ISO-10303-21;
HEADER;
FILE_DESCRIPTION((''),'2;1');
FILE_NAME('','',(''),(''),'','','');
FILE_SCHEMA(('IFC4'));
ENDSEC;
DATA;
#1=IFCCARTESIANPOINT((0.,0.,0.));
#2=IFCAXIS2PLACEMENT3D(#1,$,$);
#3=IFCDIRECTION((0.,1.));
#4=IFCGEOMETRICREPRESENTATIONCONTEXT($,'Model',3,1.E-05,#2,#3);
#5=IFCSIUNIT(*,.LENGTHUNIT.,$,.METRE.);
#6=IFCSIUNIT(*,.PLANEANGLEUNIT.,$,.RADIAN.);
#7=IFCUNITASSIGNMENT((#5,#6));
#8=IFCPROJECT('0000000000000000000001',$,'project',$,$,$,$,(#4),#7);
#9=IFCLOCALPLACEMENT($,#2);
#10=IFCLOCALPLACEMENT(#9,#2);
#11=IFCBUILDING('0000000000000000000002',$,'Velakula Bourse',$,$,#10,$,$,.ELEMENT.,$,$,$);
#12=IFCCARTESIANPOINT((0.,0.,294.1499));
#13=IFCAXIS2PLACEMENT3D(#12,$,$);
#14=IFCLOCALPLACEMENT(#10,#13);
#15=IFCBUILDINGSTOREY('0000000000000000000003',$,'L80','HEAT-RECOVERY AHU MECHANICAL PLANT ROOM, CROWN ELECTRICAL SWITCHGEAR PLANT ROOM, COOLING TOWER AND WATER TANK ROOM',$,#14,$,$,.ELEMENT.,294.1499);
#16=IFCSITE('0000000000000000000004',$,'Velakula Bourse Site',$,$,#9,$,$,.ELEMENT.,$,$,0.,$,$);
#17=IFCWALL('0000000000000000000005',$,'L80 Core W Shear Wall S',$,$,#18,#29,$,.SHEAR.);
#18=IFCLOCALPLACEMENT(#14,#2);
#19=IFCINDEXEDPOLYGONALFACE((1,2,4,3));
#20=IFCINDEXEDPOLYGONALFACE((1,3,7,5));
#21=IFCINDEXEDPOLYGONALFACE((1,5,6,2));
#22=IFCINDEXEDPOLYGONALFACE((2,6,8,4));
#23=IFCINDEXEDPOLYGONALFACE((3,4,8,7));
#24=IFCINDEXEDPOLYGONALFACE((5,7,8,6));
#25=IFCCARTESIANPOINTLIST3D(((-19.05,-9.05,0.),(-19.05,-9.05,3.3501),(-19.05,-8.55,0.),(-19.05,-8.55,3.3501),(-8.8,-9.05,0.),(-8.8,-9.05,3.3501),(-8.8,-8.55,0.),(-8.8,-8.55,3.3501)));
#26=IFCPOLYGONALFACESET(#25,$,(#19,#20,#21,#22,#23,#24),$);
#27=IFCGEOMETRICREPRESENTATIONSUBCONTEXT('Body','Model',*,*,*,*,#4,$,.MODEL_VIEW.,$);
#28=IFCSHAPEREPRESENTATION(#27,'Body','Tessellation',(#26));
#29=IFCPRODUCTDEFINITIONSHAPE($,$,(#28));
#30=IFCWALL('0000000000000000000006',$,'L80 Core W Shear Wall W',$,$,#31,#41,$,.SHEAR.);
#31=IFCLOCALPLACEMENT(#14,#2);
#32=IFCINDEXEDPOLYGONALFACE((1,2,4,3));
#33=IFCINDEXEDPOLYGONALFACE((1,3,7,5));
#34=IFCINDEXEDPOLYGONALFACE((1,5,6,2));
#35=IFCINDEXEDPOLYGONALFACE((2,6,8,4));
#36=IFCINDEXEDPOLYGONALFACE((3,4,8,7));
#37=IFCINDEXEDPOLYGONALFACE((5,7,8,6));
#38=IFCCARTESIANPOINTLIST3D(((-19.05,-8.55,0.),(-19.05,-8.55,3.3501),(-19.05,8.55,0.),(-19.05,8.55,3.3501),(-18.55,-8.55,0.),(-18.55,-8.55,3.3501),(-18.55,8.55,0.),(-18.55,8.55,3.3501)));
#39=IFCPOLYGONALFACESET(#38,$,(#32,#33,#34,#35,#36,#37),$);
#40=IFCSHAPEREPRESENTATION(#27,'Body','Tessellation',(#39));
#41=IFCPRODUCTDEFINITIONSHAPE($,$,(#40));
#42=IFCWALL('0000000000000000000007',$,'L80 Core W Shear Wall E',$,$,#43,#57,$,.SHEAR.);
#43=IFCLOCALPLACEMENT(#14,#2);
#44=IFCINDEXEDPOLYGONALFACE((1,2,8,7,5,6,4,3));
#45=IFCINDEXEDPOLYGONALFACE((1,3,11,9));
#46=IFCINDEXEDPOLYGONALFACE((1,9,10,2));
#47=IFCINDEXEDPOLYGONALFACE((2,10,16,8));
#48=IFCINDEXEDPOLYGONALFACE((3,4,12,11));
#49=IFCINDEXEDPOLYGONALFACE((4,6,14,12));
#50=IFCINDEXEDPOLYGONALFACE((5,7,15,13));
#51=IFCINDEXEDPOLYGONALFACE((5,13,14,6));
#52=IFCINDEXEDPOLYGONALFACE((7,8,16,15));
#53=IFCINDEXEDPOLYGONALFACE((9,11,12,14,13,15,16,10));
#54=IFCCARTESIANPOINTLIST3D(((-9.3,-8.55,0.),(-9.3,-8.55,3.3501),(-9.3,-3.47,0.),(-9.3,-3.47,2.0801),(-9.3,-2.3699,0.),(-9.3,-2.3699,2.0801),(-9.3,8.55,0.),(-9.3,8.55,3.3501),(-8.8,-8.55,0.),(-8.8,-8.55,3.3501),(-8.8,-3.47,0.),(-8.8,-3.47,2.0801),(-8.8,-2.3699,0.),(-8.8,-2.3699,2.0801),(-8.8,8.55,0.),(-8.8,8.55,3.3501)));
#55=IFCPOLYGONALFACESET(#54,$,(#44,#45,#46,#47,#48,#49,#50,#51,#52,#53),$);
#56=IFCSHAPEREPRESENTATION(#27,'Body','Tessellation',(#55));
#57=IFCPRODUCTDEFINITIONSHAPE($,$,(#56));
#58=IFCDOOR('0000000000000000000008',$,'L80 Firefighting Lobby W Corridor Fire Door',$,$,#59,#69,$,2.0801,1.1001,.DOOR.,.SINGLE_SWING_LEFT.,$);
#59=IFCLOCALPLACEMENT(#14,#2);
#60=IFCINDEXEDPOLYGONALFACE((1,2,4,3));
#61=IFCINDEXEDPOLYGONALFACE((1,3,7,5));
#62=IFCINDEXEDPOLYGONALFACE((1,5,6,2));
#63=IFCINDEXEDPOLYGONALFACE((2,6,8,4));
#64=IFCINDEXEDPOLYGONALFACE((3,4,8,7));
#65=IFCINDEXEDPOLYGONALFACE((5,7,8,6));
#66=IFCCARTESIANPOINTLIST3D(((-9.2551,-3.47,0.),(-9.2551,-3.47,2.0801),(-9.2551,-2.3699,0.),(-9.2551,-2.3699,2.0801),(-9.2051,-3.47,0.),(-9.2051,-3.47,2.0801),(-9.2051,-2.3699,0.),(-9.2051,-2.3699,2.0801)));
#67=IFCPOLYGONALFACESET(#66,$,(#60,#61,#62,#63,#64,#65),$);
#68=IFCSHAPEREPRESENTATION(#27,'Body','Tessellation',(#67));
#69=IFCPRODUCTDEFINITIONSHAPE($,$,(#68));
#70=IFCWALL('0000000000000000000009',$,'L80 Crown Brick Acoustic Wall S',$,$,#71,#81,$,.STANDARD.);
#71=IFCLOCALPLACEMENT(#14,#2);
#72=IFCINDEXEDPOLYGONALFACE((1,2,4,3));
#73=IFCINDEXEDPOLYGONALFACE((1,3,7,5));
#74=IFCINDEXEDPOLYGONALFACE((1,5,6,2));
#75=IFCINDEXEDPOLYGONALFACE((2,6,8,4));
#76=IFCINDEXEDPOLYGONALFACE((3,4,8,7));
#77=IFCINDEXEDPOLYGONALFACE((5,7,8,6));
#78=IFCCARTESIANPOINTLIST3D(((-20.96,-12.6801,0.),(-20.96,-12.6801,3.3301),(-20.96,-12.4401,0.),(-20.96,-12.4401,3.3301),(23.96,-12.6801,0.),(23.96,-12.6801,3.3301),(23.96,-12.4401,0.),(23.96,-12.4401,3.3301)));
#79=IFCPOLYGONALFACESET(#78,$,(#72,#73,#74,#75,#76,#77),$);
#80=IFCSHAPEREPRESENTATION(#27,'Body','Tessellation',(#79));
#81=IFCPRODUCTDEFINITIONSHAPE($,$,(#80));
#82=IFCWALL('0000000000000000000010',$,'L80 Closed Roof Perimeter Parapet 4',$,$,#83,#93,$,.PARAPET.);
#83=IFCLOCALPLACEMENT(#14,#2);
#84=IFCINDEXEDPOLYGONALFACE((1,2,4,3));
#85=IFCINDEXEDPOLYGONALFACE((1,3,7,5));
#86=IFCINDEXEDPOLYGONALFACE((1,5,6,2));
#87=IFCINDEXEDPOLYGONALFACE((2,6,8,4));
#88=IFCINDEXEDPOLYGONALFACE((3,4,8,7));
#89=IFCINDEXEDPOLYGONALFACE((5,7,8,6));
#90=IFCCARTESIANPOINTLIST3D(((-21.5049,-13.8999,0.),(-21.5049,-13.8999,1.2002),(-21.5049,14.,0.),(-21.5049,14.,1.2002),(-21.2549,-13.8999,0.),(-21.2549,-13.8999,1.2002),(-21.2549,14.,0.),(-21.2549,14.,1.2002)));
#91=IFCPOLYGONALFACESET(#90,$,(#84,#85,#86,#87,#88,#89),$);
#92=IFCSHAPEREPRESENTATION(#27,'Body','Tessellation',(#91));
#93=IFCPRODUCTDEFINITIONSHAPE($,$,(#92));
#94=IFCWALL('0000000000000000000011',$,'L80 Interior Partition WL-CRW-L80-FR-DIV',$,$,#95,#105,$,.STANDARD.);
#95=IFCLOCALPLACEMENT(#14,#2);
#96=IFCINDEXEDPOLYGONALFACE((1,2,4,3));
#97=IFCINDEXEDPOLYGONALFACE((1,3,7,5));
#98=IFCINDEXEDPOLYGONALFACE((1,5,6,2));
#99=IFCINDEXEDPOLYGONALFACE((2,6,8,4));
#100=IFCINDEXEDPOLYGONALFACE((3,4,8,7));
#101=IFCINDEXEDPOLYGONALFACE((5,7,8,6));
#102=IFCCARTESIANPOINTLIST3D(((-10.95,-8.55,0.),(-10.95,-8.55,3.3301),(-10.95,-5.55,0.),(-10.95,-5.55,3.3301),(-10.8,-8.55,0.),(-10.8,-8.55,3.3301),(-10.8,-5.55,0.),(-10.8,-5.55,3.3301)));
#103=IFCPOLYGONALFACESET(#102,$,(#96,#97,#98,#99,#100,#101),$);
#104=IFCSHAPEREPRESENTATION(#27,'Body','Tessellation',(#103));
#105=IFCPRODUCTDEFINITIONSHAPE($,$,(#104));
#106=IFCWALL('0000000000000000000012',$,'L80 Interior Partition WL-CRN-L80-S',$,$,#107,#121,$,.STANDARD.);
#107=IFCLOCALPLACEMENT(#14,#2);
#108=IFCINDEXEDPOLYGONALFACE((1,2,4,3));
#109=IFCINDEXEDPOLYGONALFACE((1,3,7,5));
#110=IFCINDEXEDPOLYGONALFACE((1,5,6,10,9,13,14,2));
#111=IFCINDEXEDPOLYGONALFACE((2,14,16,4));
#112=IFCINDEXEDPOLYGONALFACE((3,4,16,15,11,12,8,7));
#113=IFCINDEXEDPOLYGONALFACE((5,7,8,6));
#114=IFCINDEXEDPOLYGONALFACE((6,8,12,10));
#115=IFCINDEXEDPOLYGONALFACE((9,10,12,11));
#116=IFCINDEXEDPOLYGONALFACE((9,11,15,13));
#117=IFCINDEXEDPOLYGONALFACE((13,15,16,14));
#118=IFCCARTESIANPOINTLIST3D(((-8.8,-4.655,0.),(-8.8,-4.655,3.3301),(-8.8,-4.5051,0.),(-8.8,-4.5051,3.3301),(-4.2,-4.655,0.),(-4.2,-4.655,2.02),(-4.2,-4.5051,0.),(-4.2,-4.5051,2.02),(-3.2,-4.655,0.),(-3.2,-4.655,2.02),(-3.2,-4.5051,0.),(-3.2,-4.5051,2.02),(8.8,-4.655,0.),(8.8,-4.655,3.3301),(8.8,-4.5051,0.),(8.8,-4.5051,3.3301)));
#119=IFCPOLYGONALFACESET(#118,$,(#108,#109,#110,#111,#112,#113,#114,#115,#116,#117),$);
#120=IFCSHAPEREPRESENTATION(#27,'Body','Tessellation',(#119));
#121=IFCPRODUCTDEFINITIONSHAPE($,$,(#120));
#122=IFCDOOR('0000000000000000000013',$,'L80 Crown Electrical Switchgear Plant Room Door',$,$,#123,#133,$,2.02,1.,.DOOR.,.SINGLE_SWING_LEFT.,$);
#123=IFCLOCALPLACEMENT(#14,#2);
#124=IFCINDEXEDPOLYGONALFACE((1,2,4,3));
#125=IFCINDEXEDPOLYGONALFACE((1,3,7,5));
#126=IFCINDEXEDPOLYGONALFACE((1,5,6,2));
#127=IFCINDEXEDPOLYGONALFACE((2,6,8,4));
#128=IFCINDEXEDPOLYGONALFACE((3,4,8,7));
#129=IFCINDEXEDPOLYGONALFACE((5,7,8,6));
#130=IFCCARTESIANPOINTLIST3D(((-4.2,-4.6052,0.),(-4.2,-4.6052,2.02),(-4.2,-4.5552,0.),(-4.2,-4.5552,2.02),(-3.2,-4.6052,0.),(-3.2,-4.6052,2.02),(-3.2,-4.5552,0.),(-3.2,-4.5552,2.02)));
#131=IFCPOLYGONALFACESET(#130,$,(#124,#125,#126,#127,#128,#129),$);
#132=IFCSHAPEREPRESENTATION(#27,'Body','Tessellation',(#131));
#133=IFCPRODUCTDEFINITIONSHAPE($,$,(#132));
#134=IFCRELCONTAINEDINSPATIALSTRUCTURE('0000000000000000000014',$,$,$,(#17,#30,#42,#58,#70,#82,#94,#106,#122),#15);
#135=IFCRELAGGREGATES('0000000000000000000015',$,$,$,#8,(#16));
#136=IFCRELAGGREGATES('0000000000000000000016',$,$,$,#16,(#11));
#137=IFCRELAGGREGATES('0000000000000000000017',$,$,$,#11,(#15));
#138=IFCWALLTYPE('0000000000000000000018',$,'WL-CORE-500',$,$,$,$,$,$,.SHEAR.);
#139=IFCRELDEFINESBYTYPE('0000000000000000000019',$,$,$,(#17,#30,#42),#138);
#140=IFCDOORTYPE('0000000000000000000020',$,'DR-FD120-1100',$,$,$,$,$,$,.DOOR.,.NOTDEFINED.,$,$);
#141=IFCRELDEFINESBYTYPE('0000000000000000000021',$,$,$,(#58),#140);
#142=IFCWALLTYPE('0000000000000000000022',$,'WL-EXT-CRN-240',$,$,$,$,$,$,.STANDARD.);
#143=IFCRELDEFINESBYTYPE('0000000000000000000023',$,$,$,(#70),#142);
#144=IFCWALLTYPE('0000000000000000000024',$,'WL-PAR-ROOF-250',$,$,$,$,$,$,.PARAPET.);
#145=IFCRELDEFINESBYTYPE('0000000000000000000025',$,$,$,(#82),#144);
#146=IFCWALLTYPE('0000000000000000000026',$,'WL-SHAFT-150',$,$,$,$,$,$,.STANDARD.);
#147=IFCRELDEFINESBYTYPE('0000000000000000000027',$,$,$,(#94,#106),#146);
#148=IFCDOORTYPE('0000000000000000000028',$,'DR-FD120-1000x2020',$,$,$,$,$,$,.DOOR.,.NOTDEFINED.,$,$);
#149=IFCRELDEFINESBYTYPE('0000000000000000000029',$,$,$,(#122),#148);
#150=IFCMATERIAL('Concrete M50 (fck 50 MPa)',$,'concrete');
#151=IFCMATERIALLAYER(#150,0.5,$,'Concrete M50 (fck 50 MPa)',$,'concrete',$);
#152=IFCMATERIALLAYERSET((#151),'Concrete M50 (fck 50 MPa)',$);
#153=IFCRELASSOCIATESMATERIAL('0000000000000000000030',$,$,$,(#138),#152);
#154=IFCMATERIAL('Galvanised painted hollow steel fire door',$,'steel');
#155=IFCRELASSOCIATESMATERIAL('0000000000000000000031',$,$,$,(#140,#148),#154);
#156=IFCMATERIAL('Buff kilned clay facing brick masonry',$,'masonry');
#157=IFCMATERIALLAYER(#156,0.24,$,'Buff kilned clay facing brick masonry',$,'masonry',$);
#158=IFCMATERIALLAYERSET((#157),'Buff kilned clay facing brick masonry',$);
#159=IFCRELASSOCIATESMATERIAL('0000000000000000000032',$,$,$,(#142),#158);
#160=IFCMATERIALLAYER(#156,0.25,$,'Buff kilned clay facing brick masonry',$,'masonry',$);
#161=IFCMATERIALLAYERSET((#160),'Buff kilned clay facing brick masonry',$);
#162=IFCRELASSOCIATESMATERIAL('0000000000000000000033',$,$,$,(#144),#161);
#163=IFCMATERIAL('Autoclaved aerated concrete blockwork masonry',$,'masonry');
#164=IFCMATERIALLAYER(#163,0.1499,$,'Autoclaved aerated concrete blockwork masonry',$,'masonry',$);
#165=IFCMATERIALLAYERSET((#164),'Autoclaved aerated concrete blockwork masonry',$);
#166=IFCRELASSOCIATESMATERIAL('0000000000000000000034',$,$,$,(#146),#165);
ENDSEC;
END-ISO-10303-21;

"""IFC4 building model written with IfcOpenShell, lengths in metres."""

from ifc_helpers import new_model, si_unit, direction, frame, frame_2d, origin, place, context, subcontext, project, spatial, rectangle, extrude, material, layer, layer_set, type_object, element, fill, save


model = new_model("IFC4")

# Units and contexts
model_context = context("Model", 3, precision=1e-05, world=origin(), true_north=direction((0.0, 1.0)))
body_context = subcontext(model_context, "Body", "Model", "MODEL_VIEW")
ifc_project = project(units=[si_unit("LENGTHUNIT", "METRE"), si_unit("PLANEANGLEUNIT", "RADIAN")], contexts=[model_context])

# Site, building, storey
site_placement = place(None, origin())
site = spatial("IfcSite", under=ifc_project, at=site_placement, Name="Velakula Bourse Site", CompositionType="ELEMENT", RefElevation=0.0)
building_placement = place(site_placement, origin())
building = spatial("IfcBuilding", under=site, at=building_placement, Name="Velakula Bourse", CompositionType="ELEMENT")
storey_placement = place(building_placement, frame((0.0, 0.0, 294.1499)))
storey = spatial("IfcBuildingStorey", under=building, at=storey_placement, Name="L80", Description="HEAT-RECOVERY AHU MECHANICAL PLANT ROOM, CROWN ELECTRICAL SWITCHGEAR PLANT ROOM, COOLING TOWER AND WATER TANK ROOM", CompositionType="ELEMENT", Elevation=294.1499)

# Shared definitions
ifc_material_1 = material(Name="Concrete M50 (fck 50 MPa)", Category="concrete")

# Shared definitions
ifc_material_2 = material(Name="Galvanised painted hollow steel fire door", Category="steel")

# Walls
ifc_layer_1 = layer(ifc_material_1, 0.5, Name="Concrete M50 (fck 50 MPa)", Category="concrete")
ifc_layer_set_1 = layer_set([ifc_layer_1], Name="Concrete M50 (fck 50 MPa)")
wall_type_1 = type_object("IfcWallType", Name="WL-CORE-500", PredefinedType="SHEAR", material=ifc_layer_set_1)
wall_1_placement = place(storey_placement, frame((-19.05, -8.8, 0.0), z_axis=(0.0, 0.0, 1.0), x_axis=(1.0, 0.0, 0.0)))
element("IfcWall", 1, at=wall_1_placement, inside=storey, type_object=wall_type_1, Name="L80 Core W Shear Wall S", PredefinedType="SHEAR", context=body_context, shape_type="SweptSolid", body=[
    extrude(rectangle(XDim=10.25, YDim=0.5, at=frame_2d((5.125, 0.0))), origin(), (0.0, 0.0, 1.0), 3.3501),
])
wall_2_placement = place(storey_placement, frame((-18.8, -8.55, 0.0), z_axis=(0.0, 0.0, 1.0), x_axis=(0.0, 1.0, 0.0)))
element("IfcWall", 2, at=wall_2_placement, inside=storey, type_object=wall_type_1, Name="L80 Core W Shear Wall W", PredefinedType="SHEAR", context=body_context, shape_type="SweptSolid", body=[
    extrude(rectangle(XDim=17.1001, YDim=0.5, at=frame_2d((8.55, 0.0))), origin(), (0.0, 0.0, 1.0), 3.3501),
])

# Wall, opening, door
wall_3_placement = place(storey_placement, frame((-9.05, -8.55, 0.0), z_axis=(0.0, 0.0, 1.0), x_axis=(0.0, 1.0, 0.0)))
wall_3 = element("IfcWall", 3, at=wall_3_placement, inside=storey, type_object=wall_type_1, Name="L80 Core W Shear Wall E", PredefinedType="SHEAR", context=body_context, shape_type="SweptSolid", body=[
    extrude(rectangle(XDim=17.1001, YDim=0.5, at=frame_2d((8.55, 0.0))), origin(), (0.0, 0.0, 1.0), 3.3501),
])
opening_1_placement = place(wall_3_placement, frame((5.0801, 0.0, 0.0)))
opening_1 = element("IfcOpeningElement", 4, at=opening_1_placement, cuts=wall_3, PredefinedType="OPENING", context=body_context, shape_type="SweptSolid", body=[
    extrude(rectangle(XDim=1.1001, YDim=2.0801, at=frame_2d((0.55, 1.04))), frame((0.0, 0.26, 0.0), z_axis=(0.0, -1.0, 0.0), x_axis=(1.0, 0.0, 0.0)), (0.0, 0.0, 1.0), 0.52),
])
door_type_1 = type_object("IfcDoorType", Name="DR-FD120-1100", OperationType="NOTDEFINED", PredefinedType="DOOR", material=ifc_material_2)
door_1_placement = place(opening_1_placement, origin())
door_1 = element("IfcDoor", 5, at=door_1_placement, inside=storey, type_object=door_type_1, Name="L80 Firefighting Lobby W Corridor Fire Door", OperationType="SINGLE_SWING_LEFT", OverallHeight=2.0801, OverallWidth=1.1001, PredefinedType="DOOR", context=body_context, shape_type="SweptSolid", body=[
    extrude(rectangle(XDim=1.1001, YDim=2.0801, at=frame_2d((0.55, 1.04))), frame((0.0, 0.2051, 0.0), z_axis=(0.0, -1.0, 0.0), x_axis=(1.0, 0.0, 0.0)), (0.0, 0.0, 1.0), 0.05),
])
fill(opening_1, door_1)

# Walls
ifc_material_3 = material(Name="Buff kilned clay facing brick masonry", Category="masonry")
ifc_layer_2 = layer(ifc_material_3, 0.24, Name="Buff kilned clay facing brick masonry", Category="masonry")
ifc_layer_set_2 = layer_set([ifc_layer_2], Name="Buff kilned clay facing brick masonry")
wall_type_2 = type_object("IfcWallType", Name="WL-EXT-CRN-240", PredefinedType="STANDARD", material=ifc_layer_set_2)
wall_4_placement = place(storey_placement, frame((-20.96, -12.5601, 0.0), z_axis=(0.0, 0.0, 1.0), x_axis=(1.0, 0.0, 0.0)))
element("IfcWall", 6, at=wall_4_placement, inside=storey, type_object=wall_type_2, Name="L80 Crown Brick Acoustic Wall S", PredefinedType="STANDARD", context=body_context, shape_type="SweptSolid", body=[
    extrude(rectangle(XDim=44.9199, YDim=0.24, at=frame_2d((22.46, 0.0))), origin(), (0.0, 0.0, 1.0), 3.3301),
])
ifc_layer_3 = layer(ifc_material_3, 0.25, Name="Buff kilned clay facing brick masonry", Category="masonry")
ifc_layer_set_3 = layer_set([ifc_layer_3], Name="Buff kilned clay facing brick masonry")
wall_type_3 = type_object("IfcWallType", Name="WL-PAR-ROOF-250", PredefinedType="PARAPET", material=ifc_layer_set_3)
wall_5_placement = place(storey_placement, frame((-21.3799, -13.8999, 0.0), z_axis=(0.0, 0.0, 1.0), x_axis=(0.0, 1.0, 0.0)))
element("IfcWall", 7, at=wall_5_placement, inside=storey, type_object=wall_type_3, Name="L80 Closed Roof Perimeter Parapet 4", PredefinedType="PARAPET", context=body_context, shape_type="SweptSolid", body=[
    extrude(rectangle(XDim=27.8999, YDim=0.25, at=frame_2d((13.95, 0.0))), origin(), (0.0, 0.0, 1.0), 1.2002),
])

# Shared definitions
ifc_material_4 = material(Name="Autoclaved aerated concrete blockwork masonry", Category="masonry")
ifc_layer_4 = layer(ifc_material_4, 0.1499, Name="Autoclaved aerated concrete blockwork masonry", Category="masonry")
ifc_layer_set_4 = layer_set([ifc_layer_4], Name="Autoclaved aerated concrete blockwork masonry")
wall_type_4 = type_object("IfcWallType", Name="WL-SHAFT-150", PredefinedType="STANDARD", material=ifc_layer_set_4)

# Wall
wall_6_placement = place(storey_placement, frame((-10.875, -8.55, 0.0), z_axis=(0.0, 0.0, 1.0), x_axis=(0.0, 1.0, 0.0)))
element("IfcWall", 8, at=wall_6_placement, inside=storey, type_object=wall_type_4, Name="L80 Interior Partition WL-CRW-L80-FR-DIV", PredefinedType="STANDARD", context=body_context, shape_type="SweptSolid", body=[
    extrude(rectangle(XDim=3.0, YDim=0.1499, at=frame_2d((1.5, 0.0))), origin(), (0.0, 0.0, 1.0), 3.3301),
])

# Wall, opening, door
wall_7_placement = place(storey_placement, frame((-8.8, -4.5801, 0.0), z_axis=(0.0, 0.0, 1.0), x_axis=(1.0, 0.0, 0.0)))
wall_7 = element("IfcWall", 9, at=wall_7_placement, inside=storey, type_object=wall_type_4, Name="L80 Interior Partition WL-CRN-L80-S", PredefinedType="STANDARD", context=body_context, shape_type="SweptSolid", body=[
    extrude(rectangle(XDim=17.6001, YDim=0.1499, at=frame_2d((8.8, 0.0))), origin(), (0.0, 0.0, 1.0), 3.3301),
])
opening_2_placement = place(wall_7_placement, frame((4.6001, 0.0, 0.0)))
opening_2 = element("IfcOpeningElement", 10, at=opening_2_placement, cuts=wall_7, PredefinedType="OPENING", context=body_context, shape_type="SweptSolid", body=[
    extrude(rectangle(XDim=1.0, YDim=2.02, at=frame_2d((0.5, 1.01))), frame((0.0, 0.085, 0.0), z_axis=(0.0, -1.0, 0.0), x_axis=(1.0, 0.0, 0.0)), (0.0, 0.0, 1.0), 0.1699),
])
door_type_2 = type_object("IfcDoorType", Name="DR-FD120-1000x2020", OperationType="NOTDEFINED", PredefinedType="DOOR", material=ifc_material_2)
door_2_placement = place(opening_2_placement, origin())
door_2 = element("IfcDoor", 11, at=door_2_placement, inside=storey, type_object=door_type_2, Name="L80 Crown Electrical Switchgear Plant Room Door", OperationType="SINGLE_SWING_LEFT", OverallHeight=2.02, OverallWidth=1.0, PredefinedType="DOOR", context=body_context, shape_type="SweptSolid", body=[
    extrude(rectangle(XDim=1.0, YDim=2.02, at=frame_2d((0.5, 1.01))), frame((0.0, 0.0249, 0.0), z_axis=(0.0, -1.0, 0.0), x_axis=(1.0, 0.0, 0.0)), (0.0, 0.0, 1.0), 0.05),
])
fill(opening_2, door_2)

save(model, "model.ifc")
